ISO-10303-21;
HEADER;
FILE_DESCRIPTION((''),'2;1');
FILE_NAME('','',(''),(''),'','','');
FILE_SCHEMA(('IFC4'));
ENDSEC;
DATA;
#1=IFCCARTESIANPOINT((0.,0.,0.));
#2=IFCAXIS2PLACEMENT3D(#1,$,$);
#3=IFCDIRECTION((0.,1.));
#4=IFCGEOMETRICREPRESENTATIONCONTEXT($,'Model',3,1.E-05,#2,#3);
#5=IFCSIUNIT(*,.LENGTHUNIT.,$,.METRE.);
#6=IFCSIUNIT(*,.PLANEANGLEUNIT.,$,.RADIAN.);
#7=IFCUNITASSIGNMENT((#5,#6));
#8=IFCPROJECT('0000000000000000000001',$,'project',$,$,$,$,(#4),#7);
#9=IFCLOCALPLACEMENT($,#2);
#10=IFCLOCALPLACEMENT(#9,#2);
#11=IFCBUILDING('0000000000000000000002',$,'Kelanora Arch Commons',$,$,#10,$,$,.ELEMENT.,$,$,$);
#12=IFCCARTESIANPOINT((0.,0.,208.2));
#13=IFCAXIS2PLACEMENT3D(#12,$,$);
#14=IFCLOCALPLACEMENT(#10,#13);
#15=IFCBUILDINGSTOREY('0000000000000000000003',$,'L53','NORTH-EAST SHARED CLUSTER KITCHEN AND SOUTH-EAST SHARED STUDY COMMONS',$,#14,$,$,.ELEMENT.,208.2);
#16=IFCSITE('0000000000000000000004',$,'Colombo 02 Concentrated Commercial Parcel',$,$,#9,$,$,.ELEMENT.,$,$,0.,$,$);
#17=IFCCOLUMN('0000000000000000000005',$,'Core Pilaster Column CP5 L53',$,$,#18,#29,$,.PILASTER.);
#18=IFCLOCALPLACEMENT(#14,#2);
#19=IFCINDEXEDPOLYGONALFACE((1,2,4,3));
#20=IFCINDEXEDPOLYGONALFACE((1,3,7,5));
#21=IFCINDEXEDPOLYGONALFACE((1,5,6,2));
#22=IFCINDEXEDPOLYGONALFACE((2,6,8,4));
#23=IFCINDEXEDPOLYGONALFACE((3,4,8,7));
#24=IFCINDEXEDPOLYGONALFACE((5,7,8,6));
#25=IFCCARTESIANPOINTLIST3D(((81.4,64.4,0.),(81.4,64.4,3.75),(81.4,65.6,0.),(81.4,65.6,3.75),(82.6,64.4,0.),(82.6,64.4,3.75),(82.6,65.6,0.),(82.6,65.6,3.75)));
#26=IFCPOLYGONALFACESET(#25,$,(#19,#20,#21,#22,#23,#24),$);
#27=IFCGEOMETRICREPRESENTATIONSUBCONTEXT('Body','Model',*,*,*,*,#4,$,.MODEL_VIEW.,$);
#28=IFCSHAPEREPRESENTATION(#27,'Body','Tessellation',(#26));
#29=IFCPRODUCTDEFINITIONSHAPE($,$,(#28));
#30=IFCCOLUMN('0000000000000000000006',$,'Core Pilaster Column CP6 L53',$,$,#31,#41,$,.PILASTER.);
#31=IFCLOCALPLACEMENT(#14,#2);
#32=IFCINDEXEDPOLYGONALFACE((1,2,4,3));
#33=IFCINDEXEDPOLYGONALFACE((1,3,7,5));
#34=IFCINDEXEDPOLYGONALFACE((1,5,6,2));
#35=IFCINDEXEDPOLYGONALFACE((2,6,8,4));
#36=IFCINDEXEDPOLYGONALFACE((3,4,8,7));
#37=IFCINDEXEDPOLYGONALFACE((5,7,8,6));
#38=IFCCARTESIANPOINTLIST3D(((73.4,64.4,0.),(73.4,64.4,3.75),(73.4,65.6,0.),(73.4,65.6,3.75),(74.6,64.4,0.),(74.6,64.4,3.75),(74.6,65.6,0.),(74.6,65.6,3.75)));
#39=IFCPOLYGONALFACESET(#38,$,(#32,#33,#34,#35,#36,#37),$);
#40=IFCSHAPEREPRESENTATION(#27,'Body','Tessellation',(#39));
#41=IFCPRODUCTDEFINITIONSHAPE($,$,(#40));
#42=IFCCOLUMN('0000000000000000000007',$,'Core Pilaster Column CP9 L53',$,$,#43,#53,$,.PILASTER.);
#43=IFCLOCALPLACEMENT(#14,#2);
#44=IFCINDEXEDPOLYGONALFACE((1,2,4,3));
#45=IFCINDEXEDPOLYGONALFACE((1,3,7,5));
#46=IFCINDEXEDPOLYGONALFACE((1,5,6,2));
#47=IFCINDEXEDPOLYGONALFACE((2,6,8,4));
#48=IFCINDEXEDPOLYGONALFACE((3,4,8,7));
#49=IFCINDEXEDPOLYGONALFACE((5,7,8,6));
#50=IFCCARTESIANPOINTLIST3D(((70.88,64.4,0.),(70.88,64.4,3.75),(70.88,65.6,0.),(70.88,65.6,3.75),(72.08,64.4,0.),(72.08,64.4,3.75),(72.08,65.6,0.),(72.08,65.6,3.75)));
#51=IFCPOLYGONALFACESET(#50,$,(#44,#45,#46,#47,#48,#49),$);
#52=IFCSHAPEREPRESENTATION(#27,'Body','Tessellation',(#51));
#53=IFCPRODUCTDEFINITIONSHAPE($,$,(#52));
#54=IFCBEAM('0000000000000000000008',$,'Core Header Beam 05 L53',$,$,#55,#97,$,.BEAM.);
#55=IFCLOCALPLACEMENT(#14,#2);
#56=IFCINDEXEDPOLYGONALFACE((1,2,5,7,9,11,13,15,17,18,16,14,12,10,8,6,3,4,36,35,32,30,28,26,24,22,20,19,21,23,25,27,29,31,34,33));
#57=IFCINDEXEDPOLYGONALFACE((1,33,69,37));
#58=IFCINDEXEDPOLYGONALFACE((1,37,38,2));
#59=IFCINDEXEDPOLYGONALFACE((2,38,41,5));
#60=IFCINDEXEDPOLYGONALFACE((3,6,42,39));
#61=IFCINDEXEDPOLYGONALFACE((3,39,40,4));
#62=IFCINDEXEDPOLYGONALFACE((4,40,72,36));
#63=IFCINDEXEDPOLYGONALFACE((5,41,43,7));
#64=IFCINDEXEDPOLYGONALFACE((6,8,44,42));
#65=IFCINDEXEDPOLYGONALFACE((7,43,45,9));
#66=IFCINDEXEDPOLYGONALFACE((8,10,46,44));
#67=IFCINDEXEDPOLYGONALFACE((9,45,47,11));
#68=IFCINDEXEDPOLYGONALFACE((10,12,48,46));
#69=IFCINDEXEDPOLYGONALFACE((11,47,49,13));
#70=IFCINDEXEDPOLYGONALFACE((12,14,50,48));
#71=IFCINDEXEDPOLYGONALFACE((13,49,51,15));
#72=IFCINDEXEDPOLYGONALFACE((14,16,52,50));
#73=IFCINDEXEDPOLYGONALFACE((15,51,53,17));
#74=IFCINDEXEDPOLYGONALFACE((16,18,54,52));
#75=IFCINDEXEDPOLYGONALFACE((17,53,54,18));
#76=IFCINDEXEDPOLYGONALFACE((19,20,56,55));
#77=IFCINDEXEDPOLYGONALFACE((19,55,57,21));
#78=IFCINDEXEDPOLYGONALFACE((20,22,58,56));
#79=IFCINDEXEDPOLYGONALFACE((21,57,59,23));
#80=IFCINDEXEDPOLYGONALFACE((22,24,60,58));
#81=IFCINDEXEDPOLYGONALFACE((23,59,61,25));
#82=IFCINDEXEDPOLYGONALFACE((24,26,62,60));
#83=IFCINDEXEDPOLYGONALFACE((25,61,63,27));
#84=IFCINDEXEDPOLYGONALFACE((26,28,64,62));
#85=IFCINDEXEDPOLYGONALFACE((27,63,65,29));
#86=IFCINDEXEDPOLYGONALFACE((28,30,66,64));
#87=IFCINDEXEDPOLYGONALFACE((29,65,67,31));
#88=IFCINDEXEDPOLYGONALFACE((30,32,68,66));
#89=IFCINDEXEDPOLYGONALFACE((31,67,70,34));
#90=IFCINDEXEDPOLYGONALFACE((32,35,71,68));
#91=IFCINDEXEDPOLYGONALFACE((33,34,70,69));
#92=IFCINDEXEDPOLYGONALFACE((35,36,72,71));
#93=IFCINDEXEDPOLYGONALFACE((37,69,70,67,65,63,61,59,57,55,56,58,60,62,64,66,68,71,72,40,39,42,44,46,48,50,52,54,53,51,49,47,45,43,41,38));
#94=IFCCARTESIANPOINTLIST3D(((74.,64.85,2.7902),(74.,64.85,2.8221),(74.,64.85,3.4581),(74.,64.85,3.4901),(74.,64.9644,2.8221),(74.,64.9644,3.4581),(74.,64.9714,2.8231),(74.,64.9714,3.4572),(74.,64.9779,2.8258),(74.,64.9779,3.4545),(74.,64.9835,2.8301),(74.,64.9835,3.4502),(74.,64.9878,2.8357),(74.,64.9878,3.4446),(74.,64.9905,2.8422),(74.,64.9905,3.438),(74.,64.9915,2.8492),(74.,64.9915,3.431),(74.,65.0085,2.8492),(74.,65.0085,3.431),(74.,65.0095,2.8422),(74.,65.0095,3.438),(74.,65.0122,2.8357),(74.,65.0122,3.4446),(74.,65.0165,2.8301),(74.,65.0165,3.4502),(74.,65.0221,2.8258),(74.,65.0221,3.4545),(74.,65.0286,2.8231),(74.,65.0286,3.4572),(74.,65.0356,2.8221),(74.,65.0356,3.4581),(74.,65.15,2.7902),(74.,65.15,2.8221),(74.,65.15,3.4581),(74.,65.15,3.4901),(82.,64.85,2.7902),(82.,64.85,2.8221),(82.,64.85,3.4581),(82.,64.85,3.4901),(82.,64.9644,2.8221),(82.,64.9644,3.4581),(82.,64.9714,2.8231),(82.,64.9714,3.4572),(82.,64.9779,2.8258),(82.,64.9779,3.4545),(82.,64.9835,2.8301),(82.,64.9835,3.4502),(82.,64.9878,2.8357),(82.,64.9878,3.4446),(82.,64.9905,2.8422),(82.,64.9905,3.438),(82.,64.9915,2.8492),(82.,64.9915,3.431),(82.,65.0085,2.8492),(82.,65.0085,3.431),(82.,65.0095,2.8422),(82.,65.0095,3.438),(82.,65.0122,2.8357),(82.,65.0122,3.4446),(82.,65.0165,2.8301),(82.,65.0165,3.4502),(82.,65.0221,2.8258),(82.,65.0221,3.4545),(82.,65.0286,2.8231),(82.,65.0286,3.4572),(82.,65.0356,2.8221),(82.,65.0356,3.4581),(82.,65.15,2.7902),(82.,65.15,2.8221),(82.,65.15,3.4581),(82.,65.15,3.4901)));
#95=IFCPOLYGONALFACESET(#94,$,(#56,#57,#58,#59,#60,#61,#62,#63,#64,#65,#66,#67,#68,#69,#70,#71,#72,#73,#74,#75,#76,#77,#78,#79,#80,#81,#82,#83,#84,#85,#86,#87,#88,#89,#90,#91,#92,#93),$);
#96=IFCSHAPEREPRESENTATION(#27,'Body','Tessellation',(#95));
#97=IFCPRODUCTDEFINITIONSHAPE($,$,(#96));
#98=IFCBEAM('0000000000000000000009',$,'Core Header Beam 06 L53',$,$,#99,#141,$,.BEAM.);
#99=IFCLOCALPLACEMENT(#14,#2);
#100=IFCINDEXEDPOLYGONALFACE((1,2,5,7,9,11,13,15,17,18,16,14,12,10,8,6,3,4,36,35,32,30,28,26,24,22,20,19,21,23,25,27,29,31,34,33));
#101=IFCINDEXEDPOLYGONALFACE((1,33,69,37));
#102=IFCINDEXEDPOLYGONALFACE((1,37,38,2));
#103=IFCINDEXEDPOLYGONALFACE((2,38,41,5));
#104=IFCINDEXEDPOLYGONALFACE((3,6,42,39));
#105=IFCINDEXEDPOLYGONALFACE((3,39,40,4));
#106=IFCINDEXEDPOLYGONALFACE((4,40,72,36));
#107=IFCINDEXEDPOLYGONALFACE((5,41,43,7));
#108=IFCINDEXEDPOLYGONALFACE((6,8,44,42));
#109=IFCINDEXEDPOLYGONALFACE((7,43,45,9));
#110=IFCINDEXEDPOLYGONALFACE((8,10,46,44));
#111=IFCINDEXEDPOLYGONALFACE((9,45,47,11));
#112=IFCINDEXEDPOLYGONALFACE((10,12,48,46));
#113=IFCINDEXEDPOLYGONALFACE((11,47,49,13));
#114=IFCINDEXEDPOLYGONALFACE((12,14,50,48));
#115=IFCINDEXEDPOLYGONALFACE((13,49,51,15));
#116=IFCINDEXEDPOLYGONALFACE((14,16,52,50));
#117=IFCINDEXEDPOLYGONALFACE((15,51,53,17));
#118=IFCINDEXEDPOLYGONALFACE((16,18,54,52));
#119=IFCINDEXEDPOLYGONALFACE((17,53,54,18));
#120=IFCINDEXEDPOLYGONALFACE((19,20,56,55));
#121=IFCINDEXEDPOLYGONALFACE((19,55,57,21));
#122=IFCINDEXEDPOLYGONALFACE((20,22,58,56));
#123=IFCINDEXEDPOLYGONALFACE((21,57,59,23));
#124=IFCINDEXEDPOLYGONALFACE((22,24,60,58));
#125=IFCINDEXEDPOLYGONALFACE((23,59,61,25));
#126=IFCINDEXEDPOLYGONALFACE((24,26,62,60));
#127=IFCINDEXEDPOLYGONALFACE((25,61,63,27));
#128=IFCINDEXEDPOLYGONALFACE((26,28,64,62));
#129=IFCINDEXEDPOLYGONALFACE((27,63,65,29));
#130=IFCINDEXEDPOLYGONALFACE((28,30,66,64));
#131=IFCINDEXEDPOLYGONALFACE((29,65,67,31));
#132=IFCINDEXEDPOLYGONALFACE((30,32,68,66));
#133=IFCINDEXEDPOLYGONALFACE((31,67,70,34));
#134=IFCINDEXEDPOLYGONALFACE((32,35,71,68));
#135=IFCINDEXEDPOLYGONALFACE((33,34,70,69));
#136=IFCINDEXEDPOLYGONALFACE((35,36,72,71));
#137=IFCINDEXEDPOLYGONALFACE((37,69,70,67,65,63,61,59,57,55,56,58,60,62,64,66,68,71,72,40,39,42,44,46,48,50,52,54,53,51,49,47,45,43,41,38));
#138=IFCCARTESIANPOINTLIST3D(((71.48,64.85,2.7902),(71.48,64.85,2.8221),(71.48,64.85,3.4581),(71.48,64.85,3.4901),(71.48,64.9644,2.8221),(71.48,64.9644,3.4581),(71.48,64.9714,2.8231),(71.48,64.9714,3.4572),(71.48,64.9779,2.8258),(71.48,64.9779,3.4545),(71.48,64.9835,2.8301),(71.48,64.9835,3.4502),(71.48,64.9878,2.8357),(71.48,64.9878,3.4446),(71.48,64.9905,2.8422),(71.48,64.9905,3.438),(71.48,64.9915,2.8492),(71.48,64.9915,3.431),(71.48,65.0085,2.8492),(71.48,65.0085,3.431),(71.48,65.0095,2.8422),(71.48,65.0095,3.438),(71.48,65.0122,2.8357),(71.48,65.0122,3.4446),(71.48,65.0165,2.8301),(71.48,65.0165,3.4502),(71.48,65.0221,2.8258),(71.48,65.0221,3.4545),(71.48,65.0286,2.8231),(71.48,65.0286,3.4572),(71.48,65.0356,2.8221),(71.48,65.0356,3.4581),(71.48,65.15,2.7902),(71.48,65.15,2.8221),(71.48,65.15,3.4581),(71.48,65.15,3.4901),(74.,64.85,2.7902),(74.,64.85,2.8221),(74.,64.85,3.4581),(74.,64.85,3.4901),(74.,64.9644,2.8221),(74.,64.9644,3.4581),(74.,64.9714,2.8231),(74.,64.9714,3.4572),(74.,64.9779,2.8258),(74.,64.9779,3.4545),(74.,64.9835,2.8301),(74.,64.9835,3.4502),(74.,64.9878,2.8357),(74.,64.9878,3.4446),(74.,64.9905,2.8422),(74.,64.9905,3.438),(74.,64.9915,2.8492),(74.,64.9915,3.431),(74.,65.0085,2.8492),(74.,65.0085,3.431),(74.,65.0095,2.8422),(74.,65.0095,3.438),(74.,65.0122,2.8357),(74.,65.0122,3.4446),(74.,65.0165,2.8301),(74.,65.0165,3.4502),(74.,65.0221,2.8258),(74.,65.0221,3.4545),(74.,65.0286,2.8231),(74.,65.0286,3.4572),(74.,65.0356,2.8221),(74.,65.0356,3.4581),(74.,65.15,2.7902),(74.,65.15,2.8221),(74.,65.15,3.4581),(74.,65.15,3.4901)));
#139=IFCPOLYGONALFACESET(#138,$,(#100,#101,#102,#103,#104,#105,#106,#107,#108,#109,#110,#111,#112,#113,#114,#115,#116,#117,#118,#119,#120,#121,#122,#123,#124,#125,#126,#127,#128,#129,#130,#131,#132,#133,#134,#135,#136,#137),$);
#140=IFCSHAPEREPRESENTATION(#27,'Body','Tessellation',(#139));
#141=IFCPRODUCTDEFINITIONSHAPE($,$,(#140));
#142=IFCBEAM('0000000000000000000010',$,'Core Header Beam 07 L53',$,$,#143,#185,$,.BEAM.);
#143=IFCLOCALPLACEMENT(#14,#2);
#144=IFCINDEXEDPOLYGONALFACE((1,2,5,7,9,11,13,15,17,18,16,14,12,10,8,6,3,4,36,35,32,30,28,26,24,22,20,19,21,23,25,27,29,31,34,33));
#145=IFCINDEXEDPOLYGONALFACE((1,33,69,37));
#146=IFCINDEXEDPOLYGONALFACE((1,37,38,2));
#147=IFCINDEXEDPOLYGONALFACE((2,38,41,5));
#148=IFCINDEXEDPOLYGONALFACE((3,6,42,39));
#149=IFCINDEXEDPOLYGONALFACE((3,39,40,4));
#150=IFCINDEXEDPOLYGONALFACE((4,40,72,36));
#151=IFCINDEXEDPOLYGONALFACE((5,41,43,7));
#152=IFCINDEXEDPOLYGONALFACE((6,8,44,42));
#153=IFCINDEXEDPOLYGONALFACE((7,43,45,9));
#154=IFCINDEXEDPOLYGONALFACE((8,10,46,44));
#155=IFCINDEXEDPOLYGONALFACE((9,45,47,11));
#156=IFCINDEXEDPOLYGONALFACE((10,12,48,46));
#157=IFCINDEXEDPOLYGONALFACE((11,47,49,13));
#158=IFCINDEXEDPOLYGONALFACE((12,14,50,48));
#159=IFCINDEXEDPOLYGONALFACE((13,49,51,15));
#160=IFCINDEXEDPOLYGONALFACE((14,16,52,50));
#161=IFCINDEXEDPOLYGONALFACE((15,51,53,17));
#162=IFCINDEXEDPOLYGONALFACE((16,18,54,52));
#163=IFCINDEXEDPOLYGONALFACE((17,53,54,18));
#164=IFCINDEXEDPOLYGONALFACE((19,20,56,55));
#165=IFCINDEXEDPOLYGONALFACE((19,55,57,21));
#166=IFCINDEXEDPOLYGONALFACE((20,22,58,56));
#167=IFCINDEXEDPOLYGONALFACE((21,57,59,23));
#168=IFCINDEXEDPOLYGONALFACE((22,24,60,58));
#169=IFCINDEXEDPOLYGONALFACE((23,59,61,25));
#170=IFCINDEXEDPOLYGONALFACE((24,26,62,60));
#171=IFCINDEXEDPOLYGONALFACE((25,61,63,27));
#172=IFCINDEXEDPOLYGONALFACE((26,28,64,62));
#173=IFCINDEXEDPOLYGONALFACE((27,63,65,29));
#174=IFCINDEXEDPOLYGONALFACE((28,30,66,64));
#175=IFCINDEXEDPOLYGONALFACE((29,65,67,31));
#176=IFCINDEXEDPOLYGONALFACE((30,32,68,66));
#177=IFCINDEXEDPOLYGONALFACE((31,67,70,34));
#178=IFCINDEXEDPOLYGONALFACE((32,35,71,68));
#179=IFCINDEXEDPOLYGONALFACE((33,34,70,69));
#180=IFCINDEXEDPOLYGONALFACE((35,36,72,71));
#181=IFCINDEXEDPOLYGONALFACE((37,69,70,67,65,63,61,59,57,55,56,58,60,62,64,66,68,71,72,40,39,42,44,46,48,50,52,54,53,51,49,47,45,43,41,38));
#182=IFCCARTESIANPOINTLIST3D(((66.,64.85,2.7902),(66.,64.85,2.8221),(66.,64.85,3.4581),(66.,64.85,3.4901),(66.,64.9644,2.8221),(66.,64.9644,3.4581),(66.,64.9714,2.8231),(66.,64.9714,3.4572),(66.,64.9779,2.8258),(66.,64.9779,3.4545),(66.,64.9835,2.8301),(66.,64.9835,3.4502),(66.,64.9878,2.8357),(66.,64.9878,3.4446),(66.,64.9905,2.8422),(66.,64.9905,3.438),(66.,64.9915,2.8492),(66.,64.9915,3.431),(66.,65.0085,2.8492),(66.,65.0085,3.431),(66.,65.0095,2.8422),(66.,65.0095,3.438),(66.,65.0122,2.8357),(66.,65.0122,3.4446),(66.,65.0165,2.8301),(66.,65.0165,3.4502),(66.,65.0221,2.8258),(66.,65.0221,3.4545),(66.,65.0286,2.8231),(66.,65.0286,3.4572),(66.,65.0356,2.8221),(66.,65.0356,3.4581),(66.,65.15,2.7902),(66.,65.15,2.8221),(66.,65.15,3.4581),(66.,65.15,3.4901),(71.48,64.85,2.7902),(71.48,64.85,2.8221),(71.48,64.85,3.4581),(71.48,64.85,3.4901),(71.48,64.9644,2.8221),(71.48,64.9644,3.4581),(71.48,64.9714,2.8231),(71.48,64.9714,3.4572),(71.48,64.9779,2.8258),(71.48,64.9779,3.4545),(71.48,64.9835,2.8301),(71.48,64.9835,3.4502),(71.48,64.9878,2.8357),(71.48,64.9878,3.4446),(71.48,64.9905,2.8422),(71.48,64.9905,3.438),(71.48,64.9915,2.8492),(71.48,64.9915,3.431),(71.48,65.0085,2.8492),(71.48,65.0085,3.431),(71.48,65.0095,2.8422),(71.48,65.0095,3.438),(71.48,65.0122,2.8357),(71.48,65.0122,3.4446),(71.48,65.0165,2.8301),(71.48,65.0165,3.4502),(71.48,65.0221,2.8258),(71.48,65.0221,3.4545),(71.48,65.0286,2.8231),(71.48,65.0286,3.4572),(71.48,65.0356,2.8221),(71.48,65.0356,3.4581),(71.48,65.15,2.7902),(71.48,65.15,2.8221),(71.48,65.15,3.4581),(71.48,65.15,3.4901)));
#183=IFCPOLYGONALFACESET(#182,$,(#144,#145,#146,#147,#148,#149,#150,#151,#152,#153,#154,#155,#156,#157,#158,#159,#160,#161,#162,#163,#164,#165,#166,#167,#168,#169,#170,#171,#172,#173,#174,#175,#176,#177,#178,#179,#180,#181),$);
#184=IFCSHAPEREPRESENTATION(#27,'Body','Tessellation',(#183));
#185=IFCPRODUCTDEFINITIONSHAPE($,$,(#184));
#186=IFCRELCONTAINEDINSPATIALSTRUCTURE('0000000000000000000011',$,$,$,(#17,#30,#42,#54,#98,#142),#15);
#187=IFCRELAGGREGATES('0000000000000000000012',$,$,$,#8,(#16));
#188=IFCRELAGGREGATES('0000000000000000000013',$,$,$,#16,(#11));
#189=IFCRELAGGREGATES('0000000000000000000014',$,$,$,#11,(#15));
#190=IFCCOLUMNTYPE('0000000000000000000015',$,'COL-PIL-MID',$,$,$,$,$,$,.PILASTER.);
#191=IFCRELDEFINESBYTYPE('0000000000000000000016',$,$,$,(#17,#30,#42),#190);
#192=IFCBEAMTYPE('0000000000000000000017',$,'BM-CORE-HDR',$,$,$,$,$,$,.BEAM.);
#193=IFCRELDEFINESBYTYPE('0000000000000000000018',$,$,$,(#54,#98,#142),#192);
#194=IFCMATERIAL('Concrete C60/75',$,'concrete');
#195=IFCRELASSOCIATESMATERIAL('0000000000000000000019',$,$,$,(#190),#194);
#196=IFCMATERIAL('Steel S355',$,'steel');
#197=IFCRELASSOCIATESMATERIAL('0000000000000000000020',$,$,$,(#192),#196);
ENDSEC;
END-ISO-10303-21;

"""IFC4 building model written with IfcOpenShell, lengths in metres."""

from ifc_helpers import new_model, si_unit, direction, frame, origin, origin_2d, place, context, subcontext, project, spatial, rectangle, i_section, extrude, material, material_profile, profile_set, type_object, element, save


model = new_model("IFC4")

# Units and contexts
model_context = context("Model", 3, precision=1e-05, world=origin(), true_north=direction((0.0, 1.0)))
body_context = subcontext(model_context, "Body", "Model", "MODEL_VIEW")
ifc_project = project(units=[si_unit("LENGTHUNIT", "METRE"), si_unit("PLANEANGLEUNIT", "RADIAN")], contexts=[model_context])

# Site, building, storey
site_placement = place(None, origin())
site = spatial("IfcSite", under=ifc_project, at=site_placement, Name="Colombo 02 Concentrated Commercial Parcel", CompositionType="ELEMENT", RefElevation=0.0)
building_placement = place(site_placement, origin())
building = spatial("IfcBuilding", under=site, at=building_placement, Name="Kelanora Arch Commons", CompositionType="ELEMENT")
storey_placement = place(building_placement, frame((0.0, 0.0, 208.2)))
storey = spatial("IfcBuildingStorey", under=building, at=storey_placement, Name="L53", Description="NORTH-EAST SHARED CLUSTER KITCHEN AND SOUTH-EAST SHARED STUDY COMMONS", CompositionType="ELEMENT", Elevation=208.2)

# Columns
ifc_material_1 = material(Name="Concrete C60/75", Category="concrete")
ifc_material_profile_1 = material_profile(ifc_material_1, rectangle(XDim=1.2, YDim=1.2, at=origin_2d()), Name="RC1200x1200")
ifc_profile_set_1 = profile_set([ifc_material_profile_1], Name="Concrete C60/75")
column_type = type_object("IfcColumnType", Name="COL-PIL-MID", PredefinedType="PILASTER", material=ifc_profile_set_1)
for number, where, z_axis, x_axis, name in (
    (1, (82.0, 65.0, 0.0), (0.0, 0.0, 1.0), (1.0, 0.0, 0.0), "Core Pilaster Column CP5 L53"),
    (2, (74.0, 65.0, 0.0), (0.0, 0.0, 1.0), (1.0, 0.0, 0.0), "Core Pilaster Column CP6 L53"),
    (3, (71.48, 65.0, 0.0), (0.0, 0.0, 1.0), (1.0, 0.0, 0.0), "Core Pilaster Column CP9 L53"),
):
    element("IfcColumn", number, at=place(storey_placement, frame(where, z_axis=z_axis, x_axis=x_axis)), inside=storey, type_object=column_type, Name=name, PredefinedType="PILASTER", context=body_context, shape_type="SweptSolid", body=[
        extrude(rectangle(XDim=1.2, YDim=1.2, at=origin_2d()), origin(), (0.0, 0.0, 1.0), 3.75),
    ])

# Beams
ifc_material_2 = material(Name="Steel S355", Category="steel")
ifc_material_profile_2 = material_profile(ifc_material_2, i_section(OverallWidth=0.3, OverallDepth=0.7, WebThickness=0.0171, FlangeThickness=0.032, FilletRadius=0.0271, at=origin_2d()), Name="HEB700")
ifc_profile_set_2 = profile_set([ifc_material_profile_2], Name="Steel S355")
beam_type_1 = type_object("IfcBeamType", Name="BM-CORE-HDR", PredefinedType="BEAM", material=ifc_profile_set_2)
beam_1_placement = place(storey_placement, frame((82.0, 65.0, 3.1401), z_axis=(-1.0, 0.0, 0.0), x_axis=(0.0, -1.0, 0.0)))
element("IfcBeam", 4, at=beam_1_placement, inside=storey, type_object=beam_type_1, Name="Core Header Beam 05 L53", PredefinedType="BEAM", context=body_context, shape_type="SweptSolid", body=[
    extrude(i_section(OverallWidth=0.3, OverallDepth=0.7, WebThickness=0.0171, FlangeThickness=0.032, FilletRadius=0.0271, at=origin_2d()), origin(), (0.0, 0.0, 1.0), 8.0),
])
beam_2_placement = place(storey_placement, frame((74.0, 65.0, 3.1401), z_axis=(-1.0, 0.0, 0.0), x_axis=(0.0, -1.0, 0.0)))
element("IfcBeam", 5, at=beam_2_placement, inside=storey, type_object=beam_type_1, Name="Core Header Beam 06 L53", PredefinedType="BEAM", context=body_context, shape_type="SweptSolid", body=[
    extrude(i_section(OverallWidth=0.3, OverallDepth=0.7, WebThickness=0.0171, FlangeThickness=0.032, FilletRadius=0.0271, at=origin_2d()), origin(), (0.0, 0.0, 1.0), 2.52),
])
beam_3_placement = place(storey_placement, frame((71.48, 65.0, 3.1401), z_axis=(-1.0, 0.0, 0.0), x_axis=(0.0, -1.0, 0.0)))
element("IfcBeam", 6, at=beam_3_placement, inside=storey, type_object=beam_type_1, Name="Core Header Beam 07 L53", PredefinedType="BEAM", context=body_context, shape_type="SweptSolid", body=[
    extrude(i_section(OverallWidth=0.3, OverallDepth=0.7, WebThickness=0.0171, FlangeThickness=0.032, FilletRadius=0.0271, at=origin_2d()), origin(), (0.0, 0.0, 1.0), 5.48),
])

save(model, "model.ifc")
